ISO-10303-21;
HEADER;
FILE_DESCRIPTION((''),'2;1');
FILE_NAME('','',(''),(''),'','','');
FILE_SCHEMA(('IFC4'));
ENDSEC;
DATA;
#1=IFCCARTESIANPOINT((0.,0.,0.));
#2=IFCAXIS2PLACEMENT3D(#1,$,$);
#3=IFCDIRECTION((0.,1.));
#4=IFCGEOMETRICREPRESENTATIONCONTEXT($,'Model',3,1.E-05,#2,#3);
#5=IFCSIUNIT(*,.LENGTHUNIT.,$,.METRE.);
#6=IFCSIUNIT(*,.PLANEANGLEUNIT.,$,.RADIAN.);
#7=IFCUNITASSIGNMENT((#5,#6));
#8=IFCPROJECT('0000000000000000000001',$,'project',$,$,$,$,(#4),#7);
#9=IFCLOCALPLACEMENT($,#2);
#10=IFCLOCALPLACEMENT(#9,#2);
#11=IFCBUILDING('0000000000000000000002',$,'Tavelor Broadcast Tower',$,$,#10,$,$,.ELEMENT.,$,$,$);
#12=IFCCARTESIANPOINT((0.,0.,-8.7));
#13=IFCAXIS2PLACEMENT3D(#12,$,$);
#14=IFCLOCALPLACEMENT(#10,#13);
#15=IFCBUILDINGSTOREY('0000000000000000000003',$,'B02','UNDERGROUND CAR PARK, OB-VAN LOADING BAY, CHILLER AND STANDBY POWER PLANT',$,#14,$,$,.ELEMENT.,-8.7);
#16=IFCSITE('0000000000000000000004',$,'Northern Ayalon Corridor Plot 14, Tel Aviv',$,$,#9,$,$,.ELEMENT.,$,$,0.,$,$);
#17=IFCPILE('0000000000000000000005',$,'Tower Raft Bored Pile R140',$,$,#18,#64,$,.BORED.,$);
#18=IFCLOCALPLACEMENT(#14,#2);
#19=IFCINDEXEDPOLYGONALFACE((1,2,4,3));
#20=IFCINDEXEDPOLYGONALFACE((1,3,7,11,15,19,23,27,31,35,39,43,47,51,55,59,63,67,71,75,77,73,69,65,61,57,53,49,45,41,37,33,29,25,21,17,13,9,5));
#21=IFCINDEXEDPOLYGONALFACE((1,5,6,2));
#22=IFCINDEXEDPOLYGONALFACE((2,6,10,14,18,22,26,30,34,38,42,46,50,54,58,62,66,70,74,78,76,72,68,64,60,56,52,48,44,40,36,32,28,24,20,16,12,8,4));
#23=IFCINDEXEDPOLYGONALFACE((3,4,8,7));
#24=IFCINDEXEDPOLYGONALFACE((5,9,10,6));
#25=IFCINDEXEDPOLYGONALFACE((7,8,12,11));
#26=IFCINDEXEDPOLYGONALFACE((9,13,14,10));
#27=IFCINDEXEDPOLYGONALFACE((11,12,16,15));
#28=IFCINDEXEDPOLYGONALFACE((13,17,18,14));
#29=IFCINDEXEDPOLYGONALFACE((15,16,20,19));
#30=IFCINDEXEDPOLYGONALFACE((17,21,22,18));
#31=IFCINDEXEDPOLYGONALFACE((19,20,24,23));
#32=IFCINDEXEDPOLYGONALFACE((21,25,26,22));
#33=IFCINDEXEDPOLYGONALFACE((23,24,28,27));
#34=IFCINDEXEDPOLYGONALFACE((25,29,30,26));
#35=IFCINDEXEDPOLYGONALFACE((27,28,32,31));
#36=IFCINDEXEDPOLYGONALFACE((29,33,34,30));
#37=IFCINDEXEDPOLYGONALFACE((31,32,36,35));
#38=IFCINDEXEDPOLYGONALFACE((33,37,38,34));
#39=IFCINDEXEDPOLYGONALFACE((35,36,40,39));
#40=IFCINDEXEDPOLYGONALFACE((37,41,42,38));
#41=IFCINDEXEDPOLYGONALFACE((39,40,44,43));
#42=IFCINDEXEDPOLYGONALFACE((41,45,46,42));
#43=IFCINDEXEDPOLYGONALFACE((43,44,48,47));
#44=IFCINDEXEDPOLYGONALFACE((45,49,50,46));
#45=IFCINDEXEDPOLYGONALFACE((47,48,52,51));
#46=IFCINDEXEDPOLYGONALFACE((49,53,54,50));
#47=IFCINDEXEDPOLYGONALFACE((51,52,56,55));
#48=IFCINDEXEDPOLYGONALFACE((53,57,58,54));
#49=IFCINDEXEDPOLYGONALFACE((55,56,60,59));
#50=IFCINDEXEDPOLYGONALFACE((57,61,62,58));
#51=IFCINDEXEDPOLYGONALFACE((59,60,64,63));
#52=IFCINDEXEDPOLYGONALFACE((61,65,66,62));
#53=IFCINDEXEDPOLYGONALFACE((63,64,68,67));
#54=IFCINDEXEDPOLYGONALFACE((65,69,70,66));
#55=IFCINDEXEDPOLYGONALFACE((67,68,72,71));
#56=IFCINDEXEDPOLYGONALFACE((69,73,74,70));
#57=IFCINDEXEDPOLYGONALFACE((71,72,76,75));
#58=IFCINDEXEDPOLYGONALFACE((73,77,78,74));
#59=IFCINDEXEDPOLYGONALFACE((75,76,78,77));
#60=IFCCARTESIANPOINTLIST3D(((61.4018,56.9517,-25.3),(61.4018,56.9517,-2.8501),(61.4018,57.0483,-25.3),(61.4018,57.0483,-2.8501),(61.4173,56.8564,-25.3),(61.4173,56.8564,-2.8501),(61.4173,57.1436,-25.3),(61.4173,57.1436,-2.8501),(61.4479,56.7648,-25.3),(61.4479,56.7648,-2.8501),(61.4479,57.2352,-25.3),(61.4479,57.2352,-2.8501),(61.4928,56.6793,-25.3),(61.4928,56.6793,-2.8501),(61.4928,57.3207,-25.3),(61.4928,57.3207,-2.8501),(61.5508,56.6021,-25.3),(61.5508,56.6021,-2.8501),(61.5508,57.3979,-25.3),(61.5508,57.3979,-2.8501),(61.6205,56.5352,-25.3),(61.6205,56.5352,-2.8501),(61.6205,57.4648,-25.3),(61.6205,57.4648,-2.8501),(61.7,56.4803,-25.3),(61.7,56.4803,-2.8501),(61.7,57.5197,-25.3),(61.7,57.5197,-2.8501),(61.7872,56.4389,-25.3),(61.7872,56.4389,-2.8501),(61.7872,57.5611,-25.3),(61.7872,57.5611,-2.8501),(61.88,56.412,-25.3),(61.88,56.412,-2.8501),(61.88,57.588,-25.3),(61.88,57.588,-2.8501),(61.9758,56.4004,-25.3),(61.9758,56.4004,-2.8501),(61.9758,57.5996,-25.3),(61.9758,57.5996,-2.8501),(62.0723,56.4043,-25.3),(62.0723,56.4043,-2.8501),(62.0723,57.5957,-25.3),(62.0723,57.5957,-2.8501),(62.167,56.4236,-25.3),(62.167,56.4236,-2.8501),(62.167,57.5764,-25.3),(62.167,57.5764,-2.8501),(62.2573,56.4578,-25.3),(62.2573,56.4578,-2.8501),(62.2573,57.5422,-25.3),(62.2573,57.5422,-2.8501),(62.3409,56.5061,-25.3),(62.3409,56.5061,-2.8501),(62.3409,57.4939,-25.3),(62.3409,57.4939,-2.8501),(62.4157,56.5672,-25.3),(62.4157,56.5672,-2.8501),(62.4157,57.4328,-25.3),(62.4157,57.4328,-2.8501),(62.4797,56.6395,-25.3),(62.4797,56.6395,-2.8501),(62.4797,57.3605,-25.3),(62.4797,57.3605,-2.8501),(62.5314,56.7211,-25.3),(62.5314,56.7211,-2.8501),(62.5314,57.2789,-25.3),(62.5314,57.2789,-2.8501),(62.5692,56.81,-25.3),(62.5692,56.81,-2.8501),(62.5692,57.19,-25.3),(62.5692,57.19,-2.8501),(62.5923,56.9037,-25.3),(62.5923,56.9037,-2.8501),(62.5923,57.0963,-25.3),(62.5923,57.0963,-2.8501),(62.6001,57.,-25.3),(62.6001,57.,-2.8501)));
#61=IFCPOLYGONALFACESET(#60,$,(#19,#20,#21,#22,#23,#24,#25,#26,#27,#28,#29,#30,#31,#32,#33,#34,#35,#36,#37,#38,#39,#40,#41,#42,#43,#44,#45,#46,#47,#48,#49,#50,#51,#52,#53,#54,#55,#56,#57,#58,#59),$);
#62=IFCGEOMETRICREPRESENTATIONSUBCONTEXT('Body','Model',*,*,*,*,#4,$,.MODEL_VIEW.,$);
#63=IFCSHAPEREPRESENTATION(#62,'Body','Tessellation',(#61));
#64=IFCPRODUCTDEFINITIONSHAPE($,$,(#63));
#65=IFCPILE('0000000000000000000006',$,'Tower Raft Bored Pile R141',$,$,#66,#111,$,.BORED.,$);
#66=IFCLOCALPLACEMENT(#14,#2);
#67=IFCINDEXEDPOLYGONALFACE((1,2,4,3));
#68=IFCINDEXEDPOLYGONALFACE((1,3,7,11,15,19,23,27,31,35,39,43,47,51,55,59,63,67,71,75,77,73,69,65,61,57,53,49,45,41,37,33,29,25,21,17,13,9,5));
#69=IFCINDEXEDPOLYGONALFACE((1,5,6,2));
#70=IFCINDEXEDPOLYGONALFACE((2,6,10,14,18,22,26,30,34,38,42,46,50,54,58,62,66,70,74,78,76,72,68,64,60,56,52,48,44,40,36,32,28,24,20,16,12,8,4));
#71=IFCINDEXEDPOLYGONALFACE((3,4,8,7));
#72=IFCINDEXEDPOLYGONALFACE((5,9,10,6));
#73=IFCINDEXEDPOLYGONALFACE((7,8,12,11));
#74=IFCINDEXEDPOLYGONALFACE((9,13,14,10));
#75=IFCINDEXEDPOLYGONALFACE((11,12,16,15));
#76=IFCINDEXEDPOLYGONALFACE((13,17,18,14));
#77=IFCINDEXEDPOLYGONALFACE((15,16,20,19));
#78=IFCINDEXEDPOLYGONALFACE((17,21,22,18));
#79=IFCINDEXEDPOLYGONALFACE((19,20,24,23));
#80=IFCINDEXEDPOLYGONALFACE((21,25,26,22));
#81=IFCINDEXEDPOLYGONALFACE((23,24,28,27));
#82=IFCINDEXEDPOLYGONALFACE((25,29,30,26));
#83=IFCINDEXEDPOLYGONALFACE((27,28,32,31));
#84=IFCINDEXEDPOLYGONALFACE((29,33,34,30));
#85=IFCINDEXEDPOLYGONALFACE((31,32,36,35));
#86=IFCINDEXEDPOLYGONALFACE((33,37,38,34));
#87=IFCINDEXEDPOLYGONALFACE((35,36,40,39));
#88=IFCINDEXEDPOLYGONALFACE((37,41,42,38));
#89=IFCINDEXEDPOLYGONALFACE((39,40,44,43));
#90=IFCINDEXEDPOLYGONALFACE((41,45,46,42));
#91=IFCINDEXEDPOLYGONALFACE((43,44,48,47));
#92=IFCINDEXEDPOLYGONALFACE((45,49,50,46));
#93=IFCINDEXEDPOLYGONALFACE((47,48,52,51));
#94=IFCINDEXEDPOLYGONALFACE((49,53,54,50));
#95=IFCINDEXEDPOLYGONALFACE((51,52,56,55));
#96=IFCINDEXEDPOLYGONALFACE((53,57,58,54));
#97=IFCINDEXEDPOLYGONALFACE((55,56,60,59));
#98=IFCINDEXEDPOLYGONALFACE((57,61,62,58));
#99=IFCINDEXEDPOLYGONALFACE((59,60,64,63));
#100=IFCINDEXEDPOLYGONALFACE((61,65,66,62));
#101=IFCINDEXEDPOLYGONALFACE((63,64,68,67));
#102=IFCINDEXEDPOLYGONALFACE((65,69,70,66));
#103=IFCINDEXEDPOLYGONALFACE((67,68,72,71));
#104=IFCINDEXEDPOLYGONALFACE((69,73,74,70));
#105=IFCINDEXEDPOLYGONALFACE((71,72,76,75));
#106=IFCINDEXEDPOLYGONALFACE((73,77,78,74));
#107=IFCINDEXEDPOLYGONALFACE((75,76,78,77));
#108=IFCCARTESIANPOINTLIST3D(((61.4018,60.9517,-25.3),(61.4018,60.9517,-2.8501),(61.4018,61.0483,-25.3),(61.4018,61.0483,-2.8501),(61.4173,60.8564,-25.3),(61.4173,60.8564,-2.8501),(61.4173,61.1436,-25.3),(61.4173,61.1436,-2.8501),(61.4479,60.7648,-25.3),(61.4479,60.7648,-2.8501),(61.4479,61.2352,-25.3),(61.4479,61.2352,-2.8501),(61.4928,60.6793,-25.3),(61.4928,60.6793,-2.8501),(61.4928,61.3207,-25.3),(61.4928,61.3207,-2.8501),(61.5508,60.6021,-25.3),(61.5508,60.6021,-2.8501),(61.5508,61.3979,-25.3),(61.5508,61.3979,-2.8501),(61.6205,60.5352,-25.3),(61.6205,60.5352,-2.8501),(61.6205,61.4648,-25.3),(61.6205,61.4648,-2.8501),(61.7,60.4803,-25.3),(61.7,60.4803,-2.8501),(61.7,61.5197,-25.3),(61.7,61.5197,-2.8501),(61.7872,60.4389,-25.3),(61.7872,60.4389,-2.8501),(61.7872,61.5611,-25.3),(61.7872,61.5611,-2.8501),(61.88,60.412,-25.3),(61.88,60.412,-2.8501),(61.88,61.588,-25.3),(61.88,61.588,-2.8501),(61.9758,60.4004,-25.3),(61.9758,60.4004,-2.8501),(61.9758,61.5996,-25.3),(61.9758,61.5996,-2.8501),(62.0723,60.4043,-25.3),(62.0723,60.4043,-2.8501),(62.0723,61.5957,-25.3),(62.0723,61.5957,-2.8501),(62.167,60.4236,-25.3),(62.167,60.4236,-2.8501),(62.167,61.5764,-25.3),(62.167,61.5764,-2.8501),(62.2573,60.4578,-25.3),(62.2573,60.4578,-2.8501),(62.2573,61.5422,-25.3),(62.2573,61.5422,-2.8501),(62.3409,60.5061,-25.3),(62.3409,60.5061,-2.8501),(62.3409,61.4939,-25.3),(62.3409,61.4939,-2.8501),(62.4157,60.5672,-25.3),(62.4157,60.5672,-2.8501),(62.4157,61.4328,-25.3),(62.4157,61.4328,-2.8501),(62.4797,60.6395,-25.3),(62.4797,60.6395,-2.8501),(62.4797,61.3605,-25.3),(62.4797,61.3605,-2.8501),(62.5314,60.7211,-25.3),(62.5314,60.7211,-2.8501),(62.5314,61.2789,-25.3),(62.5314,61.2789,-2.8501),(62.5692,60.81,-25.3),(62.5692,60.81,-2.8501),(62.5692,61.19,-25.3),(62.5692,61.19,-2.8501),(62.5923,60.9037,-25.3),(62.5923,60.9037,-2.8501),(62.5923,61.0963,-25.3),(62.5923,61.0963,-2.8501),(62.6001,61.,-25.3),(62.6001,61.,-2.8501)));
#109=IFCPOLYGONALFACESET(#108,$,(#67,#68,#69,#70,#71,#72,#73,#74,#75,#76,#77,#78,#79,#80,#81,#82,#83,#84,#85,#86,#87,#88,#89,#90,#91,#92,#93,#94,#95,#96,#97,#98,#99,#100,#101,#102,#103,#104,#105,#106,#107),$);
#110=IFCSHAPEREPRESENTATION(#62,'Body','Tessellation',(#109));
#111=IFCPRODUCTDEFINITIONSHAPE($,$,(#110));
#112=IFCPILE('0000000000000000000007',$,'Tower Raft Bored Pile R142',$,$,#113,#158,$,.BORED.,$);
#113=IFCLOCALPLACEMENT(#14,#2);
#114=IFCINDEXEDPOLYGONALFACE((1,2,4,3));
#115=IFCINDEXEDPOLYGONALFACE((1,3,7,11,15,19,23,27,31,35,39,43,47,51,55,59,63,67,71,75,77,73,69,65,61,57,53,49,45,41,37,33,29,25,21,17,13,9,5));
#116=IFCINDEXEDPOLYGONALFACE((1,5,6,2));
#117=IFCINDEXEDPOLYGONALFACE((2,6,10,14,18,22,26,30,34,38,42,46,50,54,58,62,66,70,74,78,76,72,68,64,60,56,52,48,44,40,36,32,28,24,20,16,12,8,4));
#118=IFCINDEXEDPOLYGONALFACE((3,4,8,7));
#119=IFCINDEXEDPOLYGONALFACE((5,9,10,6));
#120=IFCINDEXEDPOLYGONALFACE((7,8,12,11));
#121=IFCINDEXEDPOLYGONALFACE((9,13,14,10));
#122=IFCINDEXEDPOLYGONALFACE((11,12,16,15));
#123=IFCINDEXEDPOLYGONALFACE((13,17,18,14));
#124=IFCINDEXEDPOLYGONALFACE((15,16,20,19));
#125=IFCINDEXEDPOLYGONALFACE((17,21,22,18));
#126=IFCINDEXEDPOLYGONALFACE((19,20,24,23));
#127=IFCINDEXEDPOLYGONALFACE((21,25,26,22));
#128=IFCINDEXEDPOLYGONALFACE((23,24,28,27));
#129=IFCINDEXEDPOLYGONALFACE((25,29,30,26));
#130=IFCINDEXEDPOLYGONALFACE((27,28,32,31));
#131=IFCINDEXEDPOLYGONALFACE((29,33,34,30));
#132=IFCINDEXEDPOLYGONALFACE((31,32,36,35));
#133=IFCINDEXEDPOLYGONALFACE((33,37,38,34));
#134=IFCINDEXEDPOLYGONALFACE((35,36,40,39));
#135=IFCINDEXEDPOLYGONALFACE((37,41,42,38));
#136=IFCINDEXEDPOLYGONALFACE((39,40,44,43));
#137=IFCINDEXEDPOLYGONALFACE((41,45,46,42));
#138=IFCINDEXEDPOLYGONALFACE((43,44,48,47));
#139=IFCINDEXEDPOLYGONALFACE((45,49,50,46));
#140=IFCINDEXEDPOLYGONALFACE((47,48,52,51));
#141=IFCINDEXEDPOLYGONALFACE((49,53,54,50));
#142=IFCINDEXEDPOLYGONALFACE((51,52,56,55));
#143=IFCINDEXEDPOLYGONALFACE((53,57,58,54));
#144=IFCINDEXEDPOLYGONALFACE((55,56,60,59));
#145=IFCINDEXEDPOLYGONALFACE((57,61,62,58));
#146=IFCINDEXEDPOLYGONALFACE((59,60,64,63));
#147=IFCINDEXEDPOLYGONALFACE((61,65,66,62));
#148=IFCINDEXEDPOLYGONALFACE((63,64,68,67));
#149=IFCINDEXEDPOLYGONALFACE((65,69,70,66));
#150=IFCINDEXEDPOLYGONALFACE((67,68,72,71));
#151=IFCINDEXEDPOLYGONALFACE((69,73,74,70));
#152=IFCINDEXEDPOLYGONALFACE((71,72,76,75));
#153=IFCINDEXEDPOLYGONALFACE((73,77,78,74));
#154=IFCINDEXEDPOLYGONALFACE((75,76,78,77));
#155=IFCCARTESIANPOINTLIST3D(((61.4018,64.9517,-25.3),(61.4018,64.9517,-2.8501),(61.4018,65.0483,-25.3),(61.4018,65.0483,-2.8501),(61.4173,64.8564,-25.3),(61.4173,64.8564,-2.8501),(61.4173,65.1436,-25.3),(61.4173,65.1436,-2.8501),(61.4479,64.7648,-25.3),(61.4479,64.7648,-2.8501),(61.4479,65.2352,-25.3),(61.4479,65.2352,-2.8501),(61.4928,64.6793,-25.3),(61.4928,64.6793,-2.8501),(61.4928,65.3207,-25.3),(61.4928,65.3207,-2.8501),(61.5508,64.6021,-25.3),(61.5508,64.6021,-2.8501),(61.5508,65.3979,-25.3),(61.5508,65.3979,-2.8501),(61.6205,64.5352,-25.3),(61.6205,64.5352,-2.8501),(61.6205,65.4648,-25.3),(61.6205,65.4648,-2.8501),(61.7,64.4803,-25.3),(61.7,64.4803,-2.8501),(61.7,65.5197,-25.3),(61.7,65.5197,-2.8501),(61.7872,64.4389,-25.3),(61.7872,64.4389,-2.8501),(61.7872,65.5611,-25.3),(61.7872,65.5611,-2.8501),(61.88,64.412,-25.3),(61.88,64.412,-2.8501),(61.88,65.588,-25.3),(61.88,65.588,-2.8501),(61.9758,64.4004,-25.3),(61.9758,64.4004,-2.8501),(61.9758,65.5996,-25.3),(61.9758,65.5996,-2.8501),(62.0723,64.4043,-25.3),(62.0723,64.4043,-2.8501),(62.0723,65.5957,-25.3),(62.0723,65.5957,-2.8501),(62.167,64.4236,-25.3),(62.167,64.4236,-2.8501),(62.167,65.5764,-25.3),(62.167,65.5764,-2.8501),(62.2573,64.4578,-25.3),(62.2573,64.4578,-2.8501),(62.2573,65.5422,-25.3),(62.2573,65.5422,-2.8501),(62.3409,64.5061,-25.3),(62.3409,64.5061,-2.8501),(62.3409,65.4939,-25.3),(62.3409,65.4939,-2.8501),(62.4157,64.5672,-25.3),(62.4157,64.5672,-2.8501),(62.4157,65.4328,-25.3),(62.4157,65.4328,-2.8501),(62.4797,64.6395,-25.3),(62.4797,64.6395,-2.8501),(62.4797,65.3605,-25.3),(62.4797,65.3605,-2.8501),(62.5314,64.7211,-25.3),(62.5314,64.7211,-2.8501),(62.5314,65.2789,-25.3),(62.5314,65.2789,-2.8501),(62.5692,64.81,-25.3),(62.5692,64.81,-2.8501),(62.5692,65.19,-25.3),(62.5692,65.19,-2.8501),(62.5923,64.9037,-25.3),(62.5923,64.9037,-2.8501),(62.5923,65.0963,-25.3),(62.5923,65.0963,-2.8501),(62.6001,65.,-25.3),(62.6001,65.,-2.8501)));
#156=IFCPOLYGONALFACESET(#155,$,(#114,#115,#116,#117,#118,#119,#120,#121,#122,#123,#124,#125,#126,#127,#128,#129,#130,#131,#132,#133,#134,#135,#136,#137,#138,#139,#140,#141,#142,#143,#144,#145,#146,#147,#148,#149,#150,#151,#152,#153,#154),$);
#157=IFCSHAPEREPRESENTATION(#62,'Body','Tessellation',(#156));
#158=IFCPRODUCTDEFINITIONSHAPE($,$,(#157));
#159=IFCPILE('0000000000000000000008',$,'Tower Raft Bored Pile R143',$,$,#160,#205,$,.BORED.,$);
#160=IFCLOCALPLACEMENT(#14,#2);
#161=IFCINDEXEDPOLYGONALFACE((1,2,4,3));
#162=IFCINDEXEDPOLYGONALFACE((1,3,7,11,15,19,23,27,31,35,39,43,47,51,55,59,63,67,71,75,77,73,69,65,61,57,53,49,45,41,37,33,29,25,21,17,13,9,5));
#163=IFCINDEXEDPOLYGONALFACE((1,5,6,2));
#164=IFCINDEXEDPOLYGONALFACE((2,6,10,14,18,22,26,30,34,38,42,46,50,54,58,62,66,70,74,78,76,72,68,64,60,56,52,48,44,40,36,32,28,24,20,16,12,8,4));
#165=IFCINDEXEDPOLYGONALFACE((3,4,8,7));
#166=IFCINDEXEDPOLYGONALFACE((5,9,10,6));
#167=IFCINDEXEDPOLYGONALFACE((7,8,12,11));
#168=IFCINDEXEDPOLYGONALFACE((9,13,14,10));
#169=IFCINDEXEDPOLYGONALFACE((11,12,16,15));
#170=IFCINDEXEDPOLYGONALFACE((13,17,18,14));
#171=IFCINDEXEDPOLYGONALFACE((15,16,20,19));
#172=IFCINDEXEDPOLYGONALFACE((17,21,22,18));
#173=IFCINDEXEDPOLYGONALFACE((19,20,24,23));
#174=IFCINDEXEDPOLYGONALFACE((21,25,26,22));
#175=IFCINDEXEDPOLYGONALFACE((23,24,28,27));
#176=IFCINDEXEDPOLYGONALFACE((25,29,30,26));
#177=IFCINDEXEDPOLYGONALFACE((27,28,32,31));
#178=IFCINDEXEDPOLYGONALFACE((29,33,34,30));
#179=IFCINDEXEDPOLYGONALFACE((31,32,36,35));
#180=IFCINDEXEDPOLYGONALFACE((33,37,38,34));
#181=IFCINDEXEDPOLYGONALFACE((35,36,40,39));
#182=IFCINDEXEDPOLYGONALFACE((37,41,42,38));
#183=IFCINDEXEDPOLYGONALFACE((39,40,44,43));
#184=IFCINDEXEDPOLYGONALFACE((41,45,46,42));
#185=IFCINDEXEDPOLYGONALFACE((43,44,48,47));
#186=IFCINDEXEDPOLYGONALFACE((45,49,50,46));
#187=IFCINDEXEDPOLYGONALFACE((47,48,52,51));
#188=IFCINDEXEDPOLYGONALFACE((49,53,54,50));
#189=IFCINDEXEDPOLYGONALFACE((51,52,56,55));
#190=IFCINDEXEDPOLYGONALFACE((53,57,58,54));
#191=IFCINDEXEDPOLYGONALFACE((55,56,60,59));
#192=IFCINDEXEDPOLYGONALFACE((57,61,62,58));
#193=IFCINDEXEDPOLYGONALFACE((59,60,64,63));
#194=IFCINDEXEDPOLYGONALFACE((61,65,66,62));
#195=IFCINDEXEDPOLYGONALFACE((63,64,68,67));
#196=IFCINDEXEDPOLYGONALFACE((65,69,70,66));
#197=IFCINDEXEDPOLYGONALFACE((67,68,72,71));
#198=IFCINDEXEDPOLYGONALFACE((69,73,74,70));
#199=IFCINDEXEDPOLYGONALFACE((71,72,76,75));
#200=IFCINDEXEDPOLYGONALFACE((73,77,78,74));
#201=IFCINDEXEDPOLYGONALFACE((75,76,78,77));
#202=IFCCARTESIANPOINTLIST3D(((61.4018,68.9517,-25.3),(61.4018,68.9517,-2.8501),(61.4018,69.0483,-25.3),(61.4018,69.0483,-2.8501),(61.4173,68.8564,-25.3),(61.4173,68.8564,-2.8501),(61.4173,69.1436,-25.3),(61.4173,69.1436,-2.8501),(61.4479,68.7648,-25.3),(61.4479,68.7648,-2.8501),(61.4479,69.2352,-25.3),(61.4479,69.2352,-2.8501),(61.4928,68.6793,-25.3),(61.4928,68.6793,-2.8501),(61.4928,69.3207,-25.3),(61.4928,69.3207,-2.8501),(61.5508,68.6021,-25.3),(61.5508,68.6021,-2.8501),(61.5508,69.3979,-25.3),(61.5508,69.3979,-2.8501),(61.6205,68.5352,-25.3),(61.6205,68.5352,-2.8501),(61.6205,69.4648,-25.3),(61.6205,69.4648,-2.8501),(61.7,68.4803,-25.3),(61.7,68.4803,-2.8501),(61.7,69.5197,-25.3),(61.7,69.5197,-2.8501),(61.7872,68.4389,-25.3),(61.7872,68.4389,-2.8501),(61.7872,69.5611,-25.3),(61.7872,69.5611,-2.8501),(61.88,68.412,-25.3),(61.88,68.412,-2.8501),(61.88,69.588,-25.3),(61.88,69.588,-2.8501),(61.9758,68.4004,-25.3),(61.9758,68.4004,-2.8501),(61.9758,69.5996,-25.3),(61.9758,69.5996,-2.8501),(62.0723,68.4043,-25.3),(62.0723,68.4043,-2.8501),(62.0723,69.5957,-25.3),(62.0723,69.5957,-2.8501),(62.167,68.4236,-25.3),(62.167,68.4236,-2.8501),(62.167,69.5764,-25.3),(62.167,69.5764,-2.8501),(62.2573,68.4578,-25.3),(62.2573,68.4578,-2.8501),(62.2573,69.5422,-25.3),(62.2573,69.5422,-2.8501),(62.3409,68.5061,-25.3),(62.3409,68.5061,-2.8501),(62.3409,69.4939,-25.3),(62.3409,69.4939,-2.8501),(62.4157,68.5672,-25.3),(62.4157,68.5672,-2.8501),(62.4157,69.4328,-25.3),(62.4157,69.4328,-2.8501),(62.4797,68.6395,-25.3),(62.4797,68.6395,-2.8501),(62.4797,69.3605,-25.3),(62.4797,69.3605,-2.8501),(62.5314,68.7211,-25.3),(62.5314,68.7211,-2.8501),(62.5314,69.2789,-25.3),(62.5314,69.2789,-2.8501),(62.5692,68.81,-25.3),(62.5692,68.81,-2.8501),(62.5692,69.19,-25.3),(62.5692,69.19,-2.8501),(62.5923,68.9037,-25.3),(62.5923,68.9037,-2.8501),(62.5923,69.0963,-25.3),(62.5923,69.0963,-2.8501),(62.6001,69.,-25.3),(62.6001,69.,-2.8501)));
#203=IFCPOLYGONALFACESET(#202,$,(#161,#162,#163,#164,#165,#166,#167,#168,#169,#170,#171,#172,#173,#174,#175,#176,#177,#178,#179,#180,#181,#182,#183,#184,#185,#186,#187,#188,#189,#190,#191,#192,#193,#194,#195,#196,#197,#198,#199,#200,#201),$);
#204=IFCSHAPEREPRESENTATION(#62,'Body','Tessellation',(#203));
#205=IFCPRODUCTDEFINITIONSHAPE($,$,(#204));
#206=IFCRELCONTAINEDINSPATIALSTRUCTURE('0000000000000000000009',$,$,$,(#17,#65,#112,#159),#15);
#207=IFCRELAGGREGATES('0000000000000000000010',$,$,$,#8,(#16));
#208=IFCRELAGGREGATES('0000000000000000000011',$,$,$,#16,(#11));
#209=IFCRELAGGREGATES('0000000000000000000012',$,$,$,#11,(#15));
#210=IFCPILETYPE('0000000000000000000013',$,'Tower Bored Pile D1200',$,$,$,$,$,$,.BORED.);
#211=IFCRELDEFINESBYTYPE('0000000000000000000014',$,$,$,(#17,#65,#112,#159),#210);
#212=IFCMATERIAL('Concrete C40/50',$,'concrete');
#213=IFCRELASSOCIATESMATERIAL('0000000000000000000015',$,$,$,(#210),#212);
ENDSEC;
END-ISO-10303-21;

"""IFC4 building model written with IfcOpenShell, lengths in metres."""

from ifc_helpers import new_model, si_unit, direction, frame, origin, origin_2d, place, context, subcontext, project, spatial, circle, extrude, material, material_profile, profile_set, type_object, element, save


model = new_model("IFC4")

# Units and contexts
model_context = context("Model", 3, precision=1e-05, world=origin(), true_north=direction((0.0, 1.0)))
body_context = subcontext(model_context, "Body", "Model", "MODEL_VIEW")
ifc_project = project(units=[si_unit("LENGTHUNIT", "METRE"), si_unit("PLANEANGLEUNIT", "RADIAN")], contexts=[model_context])

# Site, building, storey
site_placement = place(None, origin())
site = spatial("IfcSite", under=ifc_project, at=site_placement, Name="Northern Ayalon Corridor Plot 14, Tel Aviv", CompositionType="ELEMENT", RefElevation=0.0)
building_placement = place(site_placement, origin())
building = spatial("IfcBuilding", under=site, at=building_placement, Name="Tavelor Broadcast Tower", CompositionType="ELEMENT")
storey_placement = place(building_placement, frame((0.0, 0.0, -8.7)))
storey = spatial("IfcBuildingStorey", under=building, at=storey_placement, Name="B02", Description="UNDERGROUND CAR PARK, OB-VAN LOADING BAY, CHILLER AND STANDBY POWER PLANT", CompositionType="ELEMENT", Elevation=-8.7)

# Piles
ifc_material_1 = material(Name="Concrete C40/50", Category="concrete")
ifc_material_profile_1 = material_profile(ifc_material_1, circle(Radius=0.6001, at=origin_2d()), Name="PILE D1200")
ifc_profile_set_1 = profile_set([ifc_material_profile_1], Name="Concrete C40/50")
pile_type = type_object("IfcPileType", Name="Tower Bored Pile D1200", PredefinedType="BORED", material=ifc_profile_set_1)
for number, where, z_axis, x_axis, name in (
    (1, (62.0, 57.0, -2.8501), (0.0, 0.0, -1.0), (1.0, 0.0, 0.0), "Tower Raft Bored Pile R140"),
    (2, (62.0, 61.0, -2.8501), (0.0, 0.0, -1.0), (1.0, 0.0, 0.0), "Tower Raft Bored Pile R141"),
    (3, (62.0, 65.0, -2.8501), (0.0, 0.0, -1.0), (1.0, 0.0, 0.0), "Tower Raft Bored Pile R142"),
    (4, (62.0, 69.0, -2.8501), (0.0, 0.0, -1.0), (1.0, 0.0, 0.0), "Tower Raft Bored Pile R143"),
):
    element("IfcPile", number, at=place(storey_placement, frame(where, z_axis=z_axis, x_axis=x_axis)), inside=storey, type_object=pile_type, Name=name, PredefinedType="BORED", context=body_context, shape_type="SweptSolid", body=[
        extrude(circle(Radius=0.6001, at=origin_2d()), origin(), (0.0, 0.0, 1.0), 22.45),
    ])

save(model, "model.ifc")
